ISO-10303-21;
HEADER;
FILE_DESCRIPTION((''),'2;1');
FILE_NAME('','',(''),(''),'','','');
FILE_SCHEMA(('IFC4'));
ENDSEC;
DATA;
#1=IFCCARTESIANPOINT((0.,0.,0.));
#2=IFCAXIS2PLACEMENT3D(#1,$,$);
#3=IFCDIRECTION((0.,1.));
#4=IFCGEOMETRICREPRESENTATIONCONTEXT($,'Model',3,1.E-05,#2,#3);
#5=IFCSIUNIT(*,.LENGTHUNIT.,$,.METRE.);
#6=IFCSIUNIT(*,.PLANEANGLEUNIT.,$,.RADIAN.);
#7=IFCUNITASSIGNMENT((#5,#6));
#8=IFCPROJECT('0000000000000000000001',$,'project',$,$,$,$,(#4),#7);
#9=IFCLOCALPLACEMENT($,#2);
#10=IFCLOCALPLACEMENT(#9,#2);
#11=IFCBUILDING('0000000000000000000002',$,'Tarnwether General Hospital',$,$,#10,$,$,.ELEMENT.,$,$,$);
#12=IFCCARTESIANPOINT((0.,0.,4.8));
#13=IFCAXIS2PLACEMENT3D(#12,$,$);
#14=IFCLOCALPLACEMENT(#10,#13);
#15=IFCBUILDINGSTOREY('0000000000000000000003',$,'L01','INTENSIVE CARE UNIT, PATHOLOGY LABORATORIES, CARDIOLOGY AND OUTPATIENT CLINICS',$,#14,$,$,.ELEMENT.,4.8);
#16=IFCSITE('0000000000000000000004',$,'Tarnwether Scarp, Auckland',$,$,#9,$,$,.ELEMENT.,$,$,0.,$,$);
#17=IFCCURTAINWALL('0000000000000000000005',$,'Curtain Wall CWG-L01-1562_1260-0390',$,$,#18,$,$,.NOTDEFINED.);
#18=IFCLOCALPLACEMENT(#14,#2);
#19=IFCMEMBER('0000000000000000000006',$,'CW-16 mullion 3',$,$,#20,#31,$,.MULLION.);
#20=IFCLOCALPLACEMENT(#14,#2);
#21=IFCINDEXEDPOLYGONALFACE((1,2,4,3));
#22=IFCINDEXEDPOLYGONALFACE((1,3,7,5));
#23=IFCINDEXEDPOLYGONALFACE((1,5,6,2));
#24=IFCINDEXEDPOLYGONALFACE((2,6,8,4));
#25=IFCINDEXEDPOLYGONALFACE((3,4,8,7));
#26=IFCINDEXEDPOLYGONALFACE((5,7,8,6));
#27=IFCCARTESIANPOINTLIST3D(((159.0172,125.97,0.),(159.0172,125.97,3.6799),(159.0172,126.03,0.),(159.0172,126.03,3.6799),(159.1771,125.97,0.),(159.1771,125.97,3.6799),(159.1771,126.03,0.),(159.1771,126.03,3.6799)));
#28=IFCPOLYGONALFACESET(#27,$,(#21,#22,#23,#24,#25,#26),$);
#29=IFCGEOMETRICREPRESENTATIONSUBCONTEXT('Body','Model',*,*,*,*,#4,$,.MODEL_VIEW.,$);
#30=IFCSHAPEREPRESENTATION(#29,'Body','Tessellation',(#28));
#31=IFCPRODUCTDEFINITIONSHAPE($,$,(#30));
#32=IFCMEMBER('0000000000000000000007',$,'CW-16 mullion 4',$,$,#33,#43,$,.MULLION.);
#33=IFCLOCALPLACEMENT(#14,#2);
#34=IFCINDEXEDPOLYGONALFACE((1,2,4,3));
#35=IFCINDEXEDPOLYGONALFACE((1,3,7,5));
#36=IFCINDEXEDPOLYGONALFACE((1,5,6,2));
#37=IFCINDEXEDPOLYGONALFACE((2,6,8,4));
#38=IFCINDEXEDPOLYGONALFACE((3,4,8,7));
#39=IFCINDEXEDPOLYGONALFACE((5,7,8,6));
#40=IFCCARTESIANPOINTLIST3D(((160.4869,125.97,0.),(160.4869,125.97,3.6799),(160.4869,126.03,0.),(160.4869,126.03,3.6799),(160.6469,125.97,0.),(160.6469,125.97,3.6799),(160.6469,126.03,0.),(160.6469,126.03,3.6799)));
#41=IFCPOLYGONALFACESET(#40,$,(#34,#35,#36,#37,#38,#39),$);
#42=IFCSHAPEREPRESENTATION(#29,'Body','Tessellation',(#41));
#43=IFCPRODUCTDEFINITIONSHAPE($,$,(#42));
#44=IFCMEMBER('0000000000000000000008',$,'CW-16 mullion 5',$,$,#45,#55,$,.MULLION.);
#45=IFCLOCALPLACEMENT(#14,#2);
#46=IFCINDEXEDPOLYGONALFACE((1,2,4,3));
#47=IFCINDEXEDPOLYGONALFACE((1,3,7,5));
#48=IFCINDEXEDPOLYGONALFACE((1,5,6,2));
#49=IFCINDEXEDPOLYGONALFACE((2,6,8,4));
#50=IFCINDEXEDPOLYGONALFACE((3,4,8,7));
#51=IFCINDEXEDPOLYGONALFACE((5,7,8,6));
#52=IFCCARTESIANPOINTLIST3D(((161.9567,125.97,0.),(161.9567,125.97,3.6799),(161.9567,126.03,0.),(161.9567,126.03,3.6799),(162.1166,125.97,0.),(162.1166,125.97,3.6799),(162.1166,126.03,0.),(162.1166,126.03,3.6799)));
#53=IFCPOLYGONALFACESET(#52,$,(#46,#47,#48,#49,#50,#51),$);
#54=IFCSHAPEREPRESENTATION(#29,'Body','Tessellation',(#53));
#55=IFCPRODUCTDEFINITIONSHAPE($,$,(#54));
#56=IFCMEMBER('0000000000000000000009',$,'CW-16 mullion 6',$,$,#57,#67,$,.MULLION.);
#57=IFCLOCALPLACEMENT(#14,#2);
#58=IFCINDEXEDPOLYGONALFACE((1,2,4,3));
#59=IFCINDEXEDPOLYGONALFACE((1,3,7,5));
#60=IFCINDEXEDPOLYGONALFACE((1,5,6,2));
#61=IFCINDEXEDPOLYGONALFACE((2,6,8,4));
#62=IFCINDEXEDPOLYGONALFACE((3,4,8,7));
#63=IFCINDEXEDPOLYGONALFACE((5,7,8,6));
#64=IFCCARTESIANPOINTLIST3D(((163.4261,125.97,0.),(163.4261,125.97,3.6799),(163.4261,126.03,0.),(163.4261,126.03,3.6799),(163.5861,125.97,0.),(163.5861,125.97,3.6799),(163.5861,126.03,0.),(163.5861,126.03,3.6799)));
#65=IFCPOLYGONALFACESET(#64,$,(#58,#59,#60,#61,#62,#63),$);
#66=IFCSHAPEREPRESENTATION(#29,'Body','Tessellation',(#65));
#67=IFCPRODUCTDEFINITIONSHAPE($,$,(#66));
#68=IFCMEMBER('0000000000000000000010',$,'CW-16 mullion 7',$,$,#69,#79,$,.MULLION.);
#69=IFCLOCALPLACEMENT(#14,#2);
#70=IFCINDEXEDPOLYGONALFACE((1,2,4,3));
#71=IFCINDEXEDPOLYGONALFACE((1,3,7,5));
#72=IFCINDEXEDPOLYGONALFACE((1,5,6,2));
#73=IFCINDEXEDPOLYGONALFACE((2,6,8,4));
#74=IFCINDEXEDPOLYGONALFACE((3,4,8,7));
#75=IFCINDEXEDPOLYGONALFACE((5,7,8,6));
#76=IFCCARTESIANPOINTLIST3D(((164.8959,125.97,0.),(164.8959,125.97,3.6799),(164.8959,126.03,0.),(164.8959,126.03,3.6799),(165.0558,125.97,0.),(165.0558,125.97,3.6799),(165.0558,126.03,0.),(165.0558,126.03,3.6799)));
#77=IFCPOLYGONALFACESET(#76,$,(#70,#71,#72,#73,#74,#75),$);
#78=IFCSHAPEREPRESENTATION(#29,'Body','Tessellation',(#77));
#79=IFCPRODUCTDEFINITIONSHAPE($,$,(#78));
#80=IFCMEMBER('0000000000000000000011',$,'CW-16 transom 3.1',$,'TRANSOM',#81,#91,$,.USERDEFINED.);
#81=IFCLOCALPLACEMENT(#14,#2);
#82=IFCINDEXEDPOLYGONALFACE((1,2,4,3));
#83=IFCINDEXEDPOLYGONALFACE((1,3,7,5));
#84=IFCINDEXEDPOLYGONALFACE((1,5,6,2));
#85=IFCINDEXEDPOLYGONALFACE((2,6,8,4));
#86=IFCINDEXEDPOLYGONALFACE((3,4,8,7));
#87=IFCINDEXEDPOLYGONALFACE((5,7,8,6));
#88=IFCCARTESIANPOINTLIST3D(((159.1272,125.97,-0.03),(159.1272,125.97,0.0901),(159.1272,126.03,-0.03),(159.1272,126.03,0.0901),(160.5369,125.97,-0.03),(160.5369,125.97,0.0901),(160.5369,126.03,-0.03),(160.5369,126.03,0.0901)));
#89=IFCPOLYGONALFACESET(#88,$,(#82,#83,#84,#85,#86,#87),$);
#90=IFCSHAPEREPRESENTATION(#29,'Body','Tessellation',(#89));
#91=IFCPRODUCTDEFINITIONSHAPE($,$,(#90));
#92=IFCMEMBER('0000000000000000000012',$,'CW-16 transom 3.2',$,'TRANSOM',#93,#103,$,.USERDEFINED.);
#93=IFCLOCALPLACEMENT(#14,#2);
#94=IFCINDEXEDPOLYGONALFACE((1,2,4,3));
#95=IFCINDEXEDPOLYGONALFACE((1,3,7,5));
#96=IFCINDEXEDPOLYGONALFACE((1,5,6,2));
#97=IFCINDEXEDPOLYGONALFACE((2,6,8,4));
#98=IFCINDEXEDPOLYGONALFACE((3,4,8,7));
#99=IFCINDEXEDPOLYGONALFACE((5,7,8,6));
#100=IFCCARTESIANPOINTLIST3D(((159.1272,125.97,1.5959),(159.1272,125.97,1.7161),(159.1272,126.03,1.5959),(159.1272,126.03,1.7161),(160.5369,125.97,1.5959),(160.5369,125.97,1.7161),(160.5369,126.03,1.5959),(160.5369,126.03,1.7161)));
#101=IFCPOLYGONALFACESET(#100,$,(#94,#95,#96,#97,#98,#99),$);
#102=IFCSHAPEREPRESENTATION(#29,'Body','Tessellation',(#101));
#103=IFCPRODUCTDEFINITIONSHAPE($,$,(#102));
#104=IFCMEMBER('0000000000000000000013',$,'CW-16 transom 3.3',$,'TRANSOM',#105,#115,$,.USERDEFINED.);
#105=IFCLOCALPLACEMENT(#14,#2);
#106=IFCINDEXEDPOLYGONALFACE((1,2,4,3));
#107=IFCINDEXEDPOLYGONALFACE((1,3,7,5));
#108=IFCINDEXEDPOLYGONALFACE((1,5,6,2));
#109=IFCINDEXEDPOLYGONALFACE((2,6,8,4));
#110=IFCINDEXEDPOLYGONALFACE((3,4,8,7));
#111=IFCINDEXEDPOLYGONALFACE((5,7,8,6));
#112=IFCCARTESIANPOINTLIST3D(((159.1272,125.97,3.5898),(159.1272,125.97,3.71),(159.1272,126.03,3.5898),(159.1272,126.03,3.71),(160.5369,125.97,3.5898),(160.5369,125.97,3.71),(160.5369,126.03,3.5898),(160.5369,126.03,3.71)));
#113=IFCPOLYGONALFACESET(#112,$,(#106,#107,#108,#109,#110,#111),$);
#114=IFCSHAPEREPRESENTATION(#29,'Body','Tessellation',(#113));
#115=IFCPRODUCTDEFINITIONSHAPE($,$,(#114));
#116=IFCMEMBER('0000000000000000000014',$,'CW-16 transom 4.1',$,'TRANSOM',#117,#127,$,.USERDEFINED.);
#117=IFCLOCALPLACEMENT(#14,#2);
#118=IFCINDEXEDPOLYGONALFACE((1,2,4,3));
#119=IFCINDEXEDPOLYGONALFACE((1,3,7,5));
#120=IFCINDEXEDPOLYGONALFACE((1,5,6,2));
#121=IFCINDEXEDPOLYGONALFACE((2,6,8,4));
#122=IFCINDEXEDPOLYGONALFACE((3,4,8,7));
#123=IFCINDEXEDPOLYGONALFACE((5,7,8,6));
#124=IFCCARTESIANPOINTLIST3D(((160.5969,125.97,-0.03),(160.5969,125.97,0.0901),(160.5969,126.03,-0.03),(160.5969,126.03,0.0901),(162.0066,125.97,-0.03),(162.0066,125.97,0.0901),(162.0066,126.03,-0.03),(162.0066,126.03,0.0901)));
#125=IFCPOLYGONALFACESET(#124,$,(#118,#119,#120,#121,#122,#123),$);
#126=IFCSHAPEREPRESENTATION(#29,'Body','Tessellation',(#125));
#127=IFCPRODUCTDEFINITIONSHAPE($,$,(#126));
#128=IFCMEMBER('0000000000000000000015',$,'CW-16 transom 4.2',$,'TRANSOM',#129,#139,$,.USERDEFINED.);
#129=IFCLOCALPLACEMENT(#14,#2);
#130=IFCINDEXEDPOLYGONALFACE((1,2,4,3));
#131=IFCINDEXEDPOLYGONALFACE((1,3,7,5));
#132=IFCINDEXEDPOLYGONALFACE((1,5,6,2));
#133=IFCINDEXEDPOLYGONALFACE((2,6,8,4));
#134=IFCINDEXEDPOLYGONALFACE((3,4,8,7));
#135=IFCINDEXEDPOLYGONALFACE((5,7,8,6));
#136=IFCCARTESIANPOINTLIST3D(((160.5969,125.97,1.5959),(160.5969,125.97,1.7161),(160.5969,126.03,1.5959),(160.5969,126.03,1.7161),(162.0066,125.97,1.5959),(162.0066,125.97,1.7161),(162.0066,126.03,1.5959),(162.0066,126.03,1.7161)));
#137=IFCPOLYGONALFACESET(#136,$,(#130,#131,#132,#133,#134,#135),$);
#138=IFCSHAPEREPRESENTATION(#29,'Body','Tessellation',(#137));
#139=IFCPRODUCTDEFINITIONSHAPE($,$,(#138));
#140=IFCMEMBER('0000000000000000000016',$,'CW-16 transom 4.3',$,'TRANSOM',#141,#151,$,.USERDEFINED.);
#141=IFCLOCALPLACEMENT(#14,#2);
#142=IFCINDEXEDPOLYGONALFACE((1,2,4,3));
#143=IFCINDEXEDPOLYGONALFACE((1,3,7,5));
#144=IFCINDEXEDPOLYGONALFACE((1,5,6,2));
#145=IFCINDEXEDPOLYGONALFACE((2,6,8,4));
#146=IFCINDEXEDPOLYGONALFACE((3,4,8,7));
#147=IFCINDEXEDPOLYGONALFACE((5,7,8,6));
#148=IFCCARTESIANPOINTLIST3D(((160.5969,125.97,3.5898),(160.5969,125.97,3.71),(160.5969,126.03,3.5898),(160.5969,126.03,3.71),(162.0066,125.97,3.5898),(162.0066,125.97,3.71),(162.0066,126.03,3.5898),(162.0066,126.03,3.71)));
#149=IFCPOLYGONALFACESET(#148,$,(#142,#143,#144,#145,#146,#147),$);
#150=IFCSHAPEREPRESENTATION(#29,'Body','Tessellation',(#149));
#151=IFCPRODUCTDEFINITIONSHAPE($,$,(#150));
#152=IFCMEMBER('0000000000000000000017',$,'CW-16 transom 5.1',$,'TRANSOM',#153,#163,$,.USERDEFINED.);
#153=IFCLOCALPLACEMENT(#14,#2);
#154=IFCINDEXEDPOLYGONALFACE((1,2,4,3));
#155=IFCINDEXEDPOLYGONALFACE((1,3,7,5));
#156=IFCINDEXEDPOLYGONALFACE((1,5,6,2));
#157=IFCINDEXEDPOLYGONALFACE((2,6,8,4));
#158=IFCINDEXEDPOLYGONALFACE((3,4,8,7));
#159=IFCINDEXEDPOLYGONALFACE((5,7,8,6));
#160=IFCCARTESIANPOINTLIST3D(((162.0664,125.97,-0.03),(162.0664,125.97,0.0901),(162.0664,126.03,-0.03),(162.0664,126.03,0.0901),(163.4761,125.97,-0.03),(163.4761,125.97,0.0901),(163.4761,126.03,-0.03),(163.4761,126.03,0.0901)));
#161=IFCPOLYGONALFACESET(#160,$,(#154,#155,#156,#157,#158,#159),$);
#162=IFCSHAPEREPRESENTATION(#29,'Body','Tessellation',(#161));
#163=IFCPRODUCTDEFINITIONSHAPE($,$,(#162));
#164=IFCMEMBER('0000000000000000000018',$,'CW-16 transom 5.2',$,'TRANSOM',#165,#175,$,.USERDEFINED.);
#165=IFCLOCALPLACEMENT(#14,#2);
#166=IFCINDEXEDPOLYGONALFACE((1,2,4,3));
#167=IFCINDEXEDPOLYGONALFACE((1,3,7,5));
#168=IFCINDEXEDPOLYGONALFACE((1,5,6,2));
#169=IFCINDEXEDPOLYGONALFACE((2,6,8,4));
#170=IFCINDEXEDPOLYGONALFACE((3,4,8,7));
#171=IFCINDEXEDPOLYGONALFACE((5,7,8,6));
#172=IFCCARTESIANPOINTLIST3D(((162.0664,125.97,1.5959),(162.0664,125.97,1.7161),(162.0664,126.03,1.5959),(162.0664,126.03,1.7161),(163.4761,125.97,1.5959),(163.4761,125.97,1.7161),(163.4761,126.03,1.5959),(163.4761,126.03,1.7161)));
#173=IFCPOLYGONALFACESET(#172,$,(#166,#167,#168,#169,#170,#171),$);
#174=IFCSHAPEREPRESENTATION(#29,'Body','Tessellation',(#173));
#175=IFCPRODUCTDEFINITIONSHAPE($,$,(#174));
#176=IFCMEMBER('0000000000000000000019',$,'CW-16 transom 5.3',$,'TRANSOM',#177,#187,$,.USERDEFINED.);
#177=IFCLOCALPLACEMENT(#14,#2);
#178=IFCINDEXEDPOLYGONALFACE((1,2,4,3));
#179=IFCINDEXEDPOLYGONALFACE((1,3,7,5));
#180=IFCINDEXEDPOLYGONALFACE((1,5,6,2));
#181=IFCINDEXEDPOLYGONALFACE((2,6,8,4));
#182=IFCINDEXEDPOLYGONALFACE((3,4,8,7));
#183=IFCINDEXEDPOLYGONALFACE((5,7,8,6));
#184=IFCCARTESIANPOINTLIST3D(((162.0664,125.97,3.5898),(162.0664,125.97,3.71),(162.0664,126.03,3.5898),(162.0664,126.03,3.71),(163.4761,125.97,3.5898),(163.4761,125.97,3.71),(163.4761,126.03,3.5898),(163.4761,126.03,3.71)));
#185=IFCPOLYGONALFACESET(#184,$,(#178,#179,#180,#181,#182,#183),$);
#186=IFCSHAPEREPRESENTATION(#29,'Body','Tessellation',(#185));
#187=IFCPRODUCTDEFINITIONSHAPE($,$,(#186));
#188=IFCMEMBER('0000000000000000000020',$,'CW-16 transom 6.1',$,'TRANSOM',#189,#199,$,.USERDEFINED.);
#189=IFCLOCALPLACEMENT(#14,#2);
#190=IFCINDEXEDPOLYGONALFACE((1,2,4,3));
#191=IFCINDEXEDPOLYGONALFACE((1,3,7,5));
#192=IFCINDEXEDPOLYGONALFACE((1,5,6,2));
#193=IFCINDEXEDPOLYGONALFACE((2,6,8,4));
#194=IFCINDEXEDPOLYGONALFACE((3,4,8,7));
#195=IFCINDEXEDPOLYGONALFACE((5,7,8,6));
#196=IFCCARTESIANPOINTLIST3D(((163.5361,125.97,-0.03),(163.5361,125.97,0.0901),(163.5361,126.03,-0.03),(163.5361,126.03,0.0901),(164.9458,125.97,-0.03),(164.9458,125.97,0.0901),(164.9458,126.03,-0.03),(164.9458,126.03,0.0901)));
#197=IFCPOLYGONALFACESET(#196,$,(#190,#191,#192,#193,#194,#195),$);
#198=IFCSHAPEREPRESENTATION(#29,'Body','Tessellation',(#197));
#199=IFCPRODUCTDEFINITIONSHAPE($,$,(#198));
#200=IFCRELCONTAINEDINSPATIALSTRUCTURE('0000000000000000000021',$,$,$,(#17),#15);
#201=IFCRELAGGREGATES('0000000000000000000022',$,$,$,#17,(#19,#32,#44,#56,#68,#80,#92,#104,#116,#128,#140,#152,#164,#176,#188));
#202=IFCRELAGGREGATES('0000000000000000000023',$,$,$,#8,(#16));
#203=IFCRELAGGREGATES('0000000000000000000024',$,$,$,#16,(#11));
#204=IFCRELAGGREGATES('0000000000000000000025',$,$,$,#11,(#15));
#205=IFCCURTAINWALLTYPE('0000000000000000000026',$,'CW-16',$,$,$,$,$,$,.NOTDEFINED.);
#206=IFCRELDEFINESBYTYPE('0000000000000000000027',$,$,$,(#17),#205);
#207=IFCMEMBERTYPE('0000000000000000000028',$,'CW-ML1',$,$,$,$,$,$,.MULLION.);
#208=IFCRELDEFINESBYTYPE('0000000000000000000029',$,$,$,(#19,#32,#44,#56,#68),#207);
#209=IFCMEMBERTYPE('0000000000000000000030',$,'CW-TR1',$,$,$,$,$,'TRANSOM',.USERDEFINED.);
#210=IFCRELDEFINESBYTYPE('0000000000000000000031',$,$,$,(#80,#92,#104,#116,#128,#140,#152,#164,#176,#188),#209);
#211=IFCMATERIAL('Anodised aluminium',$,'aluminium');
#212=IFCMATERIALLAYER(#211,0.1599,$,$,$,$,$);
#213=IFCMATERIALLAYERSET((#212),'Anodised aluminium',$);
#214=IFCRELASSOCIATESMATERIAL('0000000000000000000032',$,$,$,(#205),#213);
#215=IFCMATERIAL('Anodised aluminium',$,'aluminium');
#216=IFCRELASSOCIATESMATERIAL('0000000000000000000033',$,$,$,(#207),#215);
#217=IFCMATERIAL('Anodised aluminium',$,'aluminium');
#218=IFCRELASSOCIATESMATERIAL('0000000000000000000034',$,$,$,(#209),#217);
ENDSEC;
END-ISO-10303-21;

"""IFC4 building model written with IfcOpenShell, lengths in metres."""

from ifc_helpers import new_model, si_unit, direction, frame, origin, origin_2d, place, context, subcontext, project, spatial, rectangle, extrude, material, layer, layer_set, material_profile, profile_set, type_object, element, aggregate, save


model = new_model("IFC4")

# Units and contexts
model_context = context("Model", 3, precision=1e-05, world=origin(), true_north=direction((0.0, 1.0)))
body_context = subcontext(model_context, "Body", "Model", "MODEL_VIEW")
ifc_project = project(units=[si_unit("LENGTHUNIT", "METRE"), si_unit("PLANEANGLEUNIT", "RADIAN")], contexts=[model_context])

# Site, building, storey
site_placement = place(None, origin())
site = spatial("IfcSite", under=ifc_project, at=site_placement, Name="Tarnwether Scarp, Auckland", CompositionType="ELEMENT", RefElevation=0.0)
building_placement = place(site_placement, origin())
building = spatial("IfcBuilding", under=site, at=building_placement, Name="Tarnwether General Hospital", CompositionType="ELEMENT")
storey_placement = place(building_placement, frame((0.0, 0.0, 4.8)))
storey = spatial("IfcBuildingStorey", under=building, at=storey_placement, Name="L01", Description="INTENSIVE CARE UNIT, PATHOLOGY LABORATORIES, CARDIOLOGY AND OUTPATIENT CLINICS", CompositionType="ELEMENT", Elevation=4.8)

# Curtain wall, members
ifc_material_1 = material(Name="Anodised aluminium", Category="aluminium")
ifc_layer_1 = layer(ifc_material_1, 0.1599)
ifc_layer_set_1 = layer_set([ifc_layer_1], Name="Anodised aluminium")
curtain_wall_type = type_object("IfcCurtainWallType", Name="CW-16", PredefinedType="NOTDEFINED", material=ifc_layer_set_1)
curtain_wall_placement = place(storey_placement, origin())
curtain_wall = element("IfcCurtainWall", 1, at=curtain_wall_placement, inside=storey, type_object=curtain_wall_type, Name="Curtain Wall CWG-L01-1562_1260-0390", PredefinedType="NOTDEFINED")
ifc_material_2 = material(Name="Anodised aluminium", Category="aluminium")
ifc_material_profile_1 = material_profile(ifc_material_2, rectangle(XDim=0.0601, YDim=0.1599, at=origin_2d()), Name="ALU-MUL-60x160")
ifc_profile_set_1 = profile_set([ifc_material_profile_1], Name="Anodised aluminium")
member_type_1 = type_object("IfcMemberType", Name="CW-ML1", PredefinedType="MULLION", material=ifc_profile_set_1)
member_1_placement = place(storey_placement, frame((159.0972, 126.0, 0.0), z_axis=(0.0, 0.0, 1.0), x_axis=(0.0, 1.0, 0.0)))
member_1 = element("IfcMember", 2, at=member_1_placement, type_object=member_type_1, Name="CW-16 mullion 3", PredefinedType="MULLION", context=body_context, shape_type="SweptSolid", body=[
    extrude(rectangle(XDim=0.0601, YDim=0.1599, at=origin_2d()), origin(), (0.0, 0.0, 1.0), 3.6799),
])
member_2_placement = place(storey_placement, frame((160.5669, 126.0, 0.0), z_axis=(0.0, 0.0, 1.0), x_axis=(0.0, 1.0, 0.0)))
member_2 = element("IfcMember", 3, at=member_2_placement, type_object=member_type_1, Name="CW-16 mullion 4", PredefinedType="MULLION", context=body_context, shape_type="SweptSolid", body=[
    extrude(rectangle(XDim=0.0601, YDim=0.1599, at=origin_2d()), origin(), (0.0, 0.0, 1.0), 3.6799),
])
member_3_placement = place(storey_placement, frame((162.0366, 126.0, 0.0), z_axis=(0.0, 0.0, 1.0), x_axis=(0.0, 1.0, 0.0)))
member_3 = element("IfcMember", 4, at=member_3_placement, type_object=member_type_1, Name="CW-16 mullion 5", PredefinedType="MULLION", context=body_context, shape_type="SweptSolid", body=[
    extrude(rectangle(XDim=0.0601, YDim=0.1599, at=origin_2d()), origin(), (0.0, 0.0, 1.0), 3.6799),
])
member_4_placement = place(storey_placement, frame((163.5061, 126.0, 0.0), z_axis=(0.0, 0.0, 1.0), x_axis=(0.0, 1.0, 0.0)))
member_4 = element("IfcMember", 5, at=member_4_placement, type_object=member_type_1, Name="CW-16 mullion 6", PredefinedType="MULLION", context=body_context, shape_type="SweptSolid", body=[
    extrude(rectangle(XDim=0.0601, YDim=0.1599, at=origin_2d()), origin(), (0.0, 0.0, 1.0), 3.6799),
])
member_5_placement = place(storey_placement, frame((164.9758, 126.0, 0.0), z_axis=(0.0, 0.0, 1.0), x_axis=(0.0, 1.0, 0.0)))
member_5 = element("IfcMember", 6, at=member_5_placement, type_object=member_type_1, Name="CW-16 mullion 7", PredefinedType="MULLION", context=body_context, shape_type="SweptSolid", body=[
    extrude(rectangle(XDim=0.0601, YDim=0.1599, at=origin_2d()), origin(), (0.0, 0.0, 1.0), 3.6799),
])
ifc_material_3 = material(Name="Anodised aluminium", Category="aluminium")
ifc_material_profile_2 = material_profile(ifc_material_3, rectangle(XDim=0.0601, YDim=0.1201, at=origin_2d()), Name="ALU-TRN-60x120")
ifc_profile_set_2 = profile_set([ifc_material_profile_2], Name="Anodised aluminium")
member_type_2 = type_object("IfcMemberType", Name="CW-TR1", ElementType="TRANSOM", PredefinedType="USERDEFINED", material=ifc_profile_set_2)
member_6_placement = place(storey_placement, frame((159.1272, 126.0, 0.03), z_axis=(1.0, 0.0, 0.0), x_axis=(0.0, 1.0, 0.0)))
member_6 = element("IfcMember", 7, at=member_6_placement, type_object=member_type_2, Name="CW-16 transom 3.1", ObjectType="TRANSOM", PredefinedType="USERDEFINED", context=body_context, shape_type="SweptSolid", body=[
    extrude(rectangle(XDim=0.0601, YDim=0.1201, at=origin_2d()), origin(), (0.0, 0.0, 1.0), 1.4097),
])
member_7_placement = place(storey_placement, frame((159.1272, 126.0, 1.656), z_axis=(1.0, 0.0, 0.0), x_axis=(0.0, 1.0, 0.0)))
member_7 = element("IfcMember", 8, at=member_7_placement, type_object=member_type_2, Name="CW-16 transom 3.2", ObjectType="TRANSOM", PredefinedType="USERDEFINED", context=body_context, shape_type="SweptSolid", body=[
    extrude(rectangle(XDim=0.0601, YDim=0.1201, at=origin_2d()), origin(), (0.0, 0.0, 1.0), 1.4097),
])
member_8_placement = place(storey_placement, frame((159.1272, 126.0, 3.6499), z_axis=(1.0, 0.0, 0.0), x_axis=(0.0, 1.0, 0.0)))
member_8 = element("IfcMember", 9, at=member_8_placement, type_object=member_type_2, Name="CW-16 transom 3.3", ObjectType="TRANSOM", PredefinedType="USERDEFINED", context=body_context, shape_type="SweptSolid", body=[
    extrude(rectangle(XDim=0.0601, YDim=0.1201, at=origin_2d()), origin(), (0.0, 0.0, 1.0), 1.4097),
])
member_9_placement = place(storey_placement, frame((160.5969, 126.0, 0.03), z_axis=(1.0, 0.0, 0.0), x_axis=(0.0, 1.0, 0.0)))
member_9 = element("IfcMember", 10, at=member_9_placement, type_object=member_type_2, Name="CW-16 transom 4.1", ObjectType="TRANSOM", PredefinedType="USERDEFINED", context=body_context, shape_type="SweptSolid", body=[
    extrude(rectangle(XDim=0.0601, YDim=0.1201, at=origin_2d()), origin(), (0.0, 0.0, 1.0), 1.4097),
])
member_10_placement = place(storey_placement, frame((160.5969, 126.0, 1.656), z_axis=(1.0, 0.0, 0.0), x_axis=(0.0, 1.0, 0.0)))
member_10 = element("IfcMember", 11, at=member_10_placement, type_object=member_type_2, Name="CW-16 transom 4.2", ObjectType="TRANSOM", PredefinedType="USERDEFINED", context=body_context, shape_type="SweptSolid", body=[
    extrude(rectangle(XDim=0.0601, YDim=0.1201, at=origin_2d()), origin(), (0.0, 0.0, 1.0), 1.4097),
])
member_11_placement = place(storey_placement, frame((160.5969, 126.0, 3.6499), z_axis=(1.0, 0.0, 0.0), x_axis=(0.0, 1.0, 0.0)))
member_11 = element("IfcMember", 12, at=member_11_placement, type_object=member_type_2, Name="CW-16 transom 4.3", ObjectType="TRANSOM", PredefinedType="USERDEFINED", context=body_context, shape_type="SweptSolid", body=[
    extrude(rectangle(XDim=0.0601, YDim=0.1201, at=origin_2d()), origin(), (0.0, 0.0, 1.0), 1.4097),
])
member_12_placement = place(storey_placement, frame((162.0664, 126.0, 0.03), z_axis=(1.0, 0.0, 0.0), x_axis=(0.0, 1.0, 0.0)))
member_12 = element("IfcMember", 13, at=member_12_placement, type_object=member_type_2, Name="CW-16 transom 5.1", ObjectType="TRANSOM", PredefinedType="USERDEFINED", context=body_context, shape_type="SweptSolid", body=[
    extrude(rectangle(XDim=0.0601, YDim=0.1201, at=origin_2d()), origin(), (0.0, 0.0, 1.0), 1.4097),
])
member_13_placement = place(storey_placement, frame((162.0664, 126.0, 1.656), z_axis=(1.0, 0.0, 0.0), x_axis=(0.0, 1.0, 0.0)))
member_13 = element("IfcMember", 14, at=member_13_placement, type_object=member_type_2, Name="CW-16 transom 5.2", ObjectType="TRANSOM", PredefinedType="USERDEFINED", context=body_context, shape_type="SweptSolid", body=[
    extrude(rectangle(XDim=0.0601, YDim=0.1201, at=origin_2d()), origin(), (0.0, 0.0, 1.0), 1.4097),
])
member_14_placement = place(storey_placement, frame((162.0664, 126.0, 3.6499), z_axis=(1.0, 0.0, 0.0), x_axis=(0.0, 1.0, 0.0)))
member_14 = element("IfcMember", 15, at=member_14_placement, type_object=member_type_2, Name="CW-16 transom 5.3", ObjectType="TRANSOM", PredefinedType="USERDEFINED", context=body_context, shape_type="SweptSolid", body=[
    extrude(rectangle(XDim=0.0601, YDim=0.1201, at=origin_2d()), origin(), (0.0, 0.0, 1.0), 1.4097),
])
member_15_placement = place(storey_placement, frame((163.5361, 126.0, 0.03), z_axis=(1.0, 0.0, 0.0), x_axis=(0.0, 1.0, 0.0)))
member_15 = element("IfcMember", 16, at=member_15_placement, type_object=member_type_2, Name="CW-16 transom 6.1", ObjectType="TRANSOM", PredefinedType="USERDEFINED", context=body_context, shape_type="SweptSolid", body=[
    extrude(rectangle(XDim=0.0601, YDim=0.1201, at=origin_2d()), origin(), (0.0, 0.0, 1.0), 1.4097),
])
aggregate(curtain_wall, [member_1, member_2, member_3, member_4, member_5, member_6, member_7, member_8, member_9, member_10, member_11, member_12, member_13, member_14, member_15])

save(model, "model.ifc")
